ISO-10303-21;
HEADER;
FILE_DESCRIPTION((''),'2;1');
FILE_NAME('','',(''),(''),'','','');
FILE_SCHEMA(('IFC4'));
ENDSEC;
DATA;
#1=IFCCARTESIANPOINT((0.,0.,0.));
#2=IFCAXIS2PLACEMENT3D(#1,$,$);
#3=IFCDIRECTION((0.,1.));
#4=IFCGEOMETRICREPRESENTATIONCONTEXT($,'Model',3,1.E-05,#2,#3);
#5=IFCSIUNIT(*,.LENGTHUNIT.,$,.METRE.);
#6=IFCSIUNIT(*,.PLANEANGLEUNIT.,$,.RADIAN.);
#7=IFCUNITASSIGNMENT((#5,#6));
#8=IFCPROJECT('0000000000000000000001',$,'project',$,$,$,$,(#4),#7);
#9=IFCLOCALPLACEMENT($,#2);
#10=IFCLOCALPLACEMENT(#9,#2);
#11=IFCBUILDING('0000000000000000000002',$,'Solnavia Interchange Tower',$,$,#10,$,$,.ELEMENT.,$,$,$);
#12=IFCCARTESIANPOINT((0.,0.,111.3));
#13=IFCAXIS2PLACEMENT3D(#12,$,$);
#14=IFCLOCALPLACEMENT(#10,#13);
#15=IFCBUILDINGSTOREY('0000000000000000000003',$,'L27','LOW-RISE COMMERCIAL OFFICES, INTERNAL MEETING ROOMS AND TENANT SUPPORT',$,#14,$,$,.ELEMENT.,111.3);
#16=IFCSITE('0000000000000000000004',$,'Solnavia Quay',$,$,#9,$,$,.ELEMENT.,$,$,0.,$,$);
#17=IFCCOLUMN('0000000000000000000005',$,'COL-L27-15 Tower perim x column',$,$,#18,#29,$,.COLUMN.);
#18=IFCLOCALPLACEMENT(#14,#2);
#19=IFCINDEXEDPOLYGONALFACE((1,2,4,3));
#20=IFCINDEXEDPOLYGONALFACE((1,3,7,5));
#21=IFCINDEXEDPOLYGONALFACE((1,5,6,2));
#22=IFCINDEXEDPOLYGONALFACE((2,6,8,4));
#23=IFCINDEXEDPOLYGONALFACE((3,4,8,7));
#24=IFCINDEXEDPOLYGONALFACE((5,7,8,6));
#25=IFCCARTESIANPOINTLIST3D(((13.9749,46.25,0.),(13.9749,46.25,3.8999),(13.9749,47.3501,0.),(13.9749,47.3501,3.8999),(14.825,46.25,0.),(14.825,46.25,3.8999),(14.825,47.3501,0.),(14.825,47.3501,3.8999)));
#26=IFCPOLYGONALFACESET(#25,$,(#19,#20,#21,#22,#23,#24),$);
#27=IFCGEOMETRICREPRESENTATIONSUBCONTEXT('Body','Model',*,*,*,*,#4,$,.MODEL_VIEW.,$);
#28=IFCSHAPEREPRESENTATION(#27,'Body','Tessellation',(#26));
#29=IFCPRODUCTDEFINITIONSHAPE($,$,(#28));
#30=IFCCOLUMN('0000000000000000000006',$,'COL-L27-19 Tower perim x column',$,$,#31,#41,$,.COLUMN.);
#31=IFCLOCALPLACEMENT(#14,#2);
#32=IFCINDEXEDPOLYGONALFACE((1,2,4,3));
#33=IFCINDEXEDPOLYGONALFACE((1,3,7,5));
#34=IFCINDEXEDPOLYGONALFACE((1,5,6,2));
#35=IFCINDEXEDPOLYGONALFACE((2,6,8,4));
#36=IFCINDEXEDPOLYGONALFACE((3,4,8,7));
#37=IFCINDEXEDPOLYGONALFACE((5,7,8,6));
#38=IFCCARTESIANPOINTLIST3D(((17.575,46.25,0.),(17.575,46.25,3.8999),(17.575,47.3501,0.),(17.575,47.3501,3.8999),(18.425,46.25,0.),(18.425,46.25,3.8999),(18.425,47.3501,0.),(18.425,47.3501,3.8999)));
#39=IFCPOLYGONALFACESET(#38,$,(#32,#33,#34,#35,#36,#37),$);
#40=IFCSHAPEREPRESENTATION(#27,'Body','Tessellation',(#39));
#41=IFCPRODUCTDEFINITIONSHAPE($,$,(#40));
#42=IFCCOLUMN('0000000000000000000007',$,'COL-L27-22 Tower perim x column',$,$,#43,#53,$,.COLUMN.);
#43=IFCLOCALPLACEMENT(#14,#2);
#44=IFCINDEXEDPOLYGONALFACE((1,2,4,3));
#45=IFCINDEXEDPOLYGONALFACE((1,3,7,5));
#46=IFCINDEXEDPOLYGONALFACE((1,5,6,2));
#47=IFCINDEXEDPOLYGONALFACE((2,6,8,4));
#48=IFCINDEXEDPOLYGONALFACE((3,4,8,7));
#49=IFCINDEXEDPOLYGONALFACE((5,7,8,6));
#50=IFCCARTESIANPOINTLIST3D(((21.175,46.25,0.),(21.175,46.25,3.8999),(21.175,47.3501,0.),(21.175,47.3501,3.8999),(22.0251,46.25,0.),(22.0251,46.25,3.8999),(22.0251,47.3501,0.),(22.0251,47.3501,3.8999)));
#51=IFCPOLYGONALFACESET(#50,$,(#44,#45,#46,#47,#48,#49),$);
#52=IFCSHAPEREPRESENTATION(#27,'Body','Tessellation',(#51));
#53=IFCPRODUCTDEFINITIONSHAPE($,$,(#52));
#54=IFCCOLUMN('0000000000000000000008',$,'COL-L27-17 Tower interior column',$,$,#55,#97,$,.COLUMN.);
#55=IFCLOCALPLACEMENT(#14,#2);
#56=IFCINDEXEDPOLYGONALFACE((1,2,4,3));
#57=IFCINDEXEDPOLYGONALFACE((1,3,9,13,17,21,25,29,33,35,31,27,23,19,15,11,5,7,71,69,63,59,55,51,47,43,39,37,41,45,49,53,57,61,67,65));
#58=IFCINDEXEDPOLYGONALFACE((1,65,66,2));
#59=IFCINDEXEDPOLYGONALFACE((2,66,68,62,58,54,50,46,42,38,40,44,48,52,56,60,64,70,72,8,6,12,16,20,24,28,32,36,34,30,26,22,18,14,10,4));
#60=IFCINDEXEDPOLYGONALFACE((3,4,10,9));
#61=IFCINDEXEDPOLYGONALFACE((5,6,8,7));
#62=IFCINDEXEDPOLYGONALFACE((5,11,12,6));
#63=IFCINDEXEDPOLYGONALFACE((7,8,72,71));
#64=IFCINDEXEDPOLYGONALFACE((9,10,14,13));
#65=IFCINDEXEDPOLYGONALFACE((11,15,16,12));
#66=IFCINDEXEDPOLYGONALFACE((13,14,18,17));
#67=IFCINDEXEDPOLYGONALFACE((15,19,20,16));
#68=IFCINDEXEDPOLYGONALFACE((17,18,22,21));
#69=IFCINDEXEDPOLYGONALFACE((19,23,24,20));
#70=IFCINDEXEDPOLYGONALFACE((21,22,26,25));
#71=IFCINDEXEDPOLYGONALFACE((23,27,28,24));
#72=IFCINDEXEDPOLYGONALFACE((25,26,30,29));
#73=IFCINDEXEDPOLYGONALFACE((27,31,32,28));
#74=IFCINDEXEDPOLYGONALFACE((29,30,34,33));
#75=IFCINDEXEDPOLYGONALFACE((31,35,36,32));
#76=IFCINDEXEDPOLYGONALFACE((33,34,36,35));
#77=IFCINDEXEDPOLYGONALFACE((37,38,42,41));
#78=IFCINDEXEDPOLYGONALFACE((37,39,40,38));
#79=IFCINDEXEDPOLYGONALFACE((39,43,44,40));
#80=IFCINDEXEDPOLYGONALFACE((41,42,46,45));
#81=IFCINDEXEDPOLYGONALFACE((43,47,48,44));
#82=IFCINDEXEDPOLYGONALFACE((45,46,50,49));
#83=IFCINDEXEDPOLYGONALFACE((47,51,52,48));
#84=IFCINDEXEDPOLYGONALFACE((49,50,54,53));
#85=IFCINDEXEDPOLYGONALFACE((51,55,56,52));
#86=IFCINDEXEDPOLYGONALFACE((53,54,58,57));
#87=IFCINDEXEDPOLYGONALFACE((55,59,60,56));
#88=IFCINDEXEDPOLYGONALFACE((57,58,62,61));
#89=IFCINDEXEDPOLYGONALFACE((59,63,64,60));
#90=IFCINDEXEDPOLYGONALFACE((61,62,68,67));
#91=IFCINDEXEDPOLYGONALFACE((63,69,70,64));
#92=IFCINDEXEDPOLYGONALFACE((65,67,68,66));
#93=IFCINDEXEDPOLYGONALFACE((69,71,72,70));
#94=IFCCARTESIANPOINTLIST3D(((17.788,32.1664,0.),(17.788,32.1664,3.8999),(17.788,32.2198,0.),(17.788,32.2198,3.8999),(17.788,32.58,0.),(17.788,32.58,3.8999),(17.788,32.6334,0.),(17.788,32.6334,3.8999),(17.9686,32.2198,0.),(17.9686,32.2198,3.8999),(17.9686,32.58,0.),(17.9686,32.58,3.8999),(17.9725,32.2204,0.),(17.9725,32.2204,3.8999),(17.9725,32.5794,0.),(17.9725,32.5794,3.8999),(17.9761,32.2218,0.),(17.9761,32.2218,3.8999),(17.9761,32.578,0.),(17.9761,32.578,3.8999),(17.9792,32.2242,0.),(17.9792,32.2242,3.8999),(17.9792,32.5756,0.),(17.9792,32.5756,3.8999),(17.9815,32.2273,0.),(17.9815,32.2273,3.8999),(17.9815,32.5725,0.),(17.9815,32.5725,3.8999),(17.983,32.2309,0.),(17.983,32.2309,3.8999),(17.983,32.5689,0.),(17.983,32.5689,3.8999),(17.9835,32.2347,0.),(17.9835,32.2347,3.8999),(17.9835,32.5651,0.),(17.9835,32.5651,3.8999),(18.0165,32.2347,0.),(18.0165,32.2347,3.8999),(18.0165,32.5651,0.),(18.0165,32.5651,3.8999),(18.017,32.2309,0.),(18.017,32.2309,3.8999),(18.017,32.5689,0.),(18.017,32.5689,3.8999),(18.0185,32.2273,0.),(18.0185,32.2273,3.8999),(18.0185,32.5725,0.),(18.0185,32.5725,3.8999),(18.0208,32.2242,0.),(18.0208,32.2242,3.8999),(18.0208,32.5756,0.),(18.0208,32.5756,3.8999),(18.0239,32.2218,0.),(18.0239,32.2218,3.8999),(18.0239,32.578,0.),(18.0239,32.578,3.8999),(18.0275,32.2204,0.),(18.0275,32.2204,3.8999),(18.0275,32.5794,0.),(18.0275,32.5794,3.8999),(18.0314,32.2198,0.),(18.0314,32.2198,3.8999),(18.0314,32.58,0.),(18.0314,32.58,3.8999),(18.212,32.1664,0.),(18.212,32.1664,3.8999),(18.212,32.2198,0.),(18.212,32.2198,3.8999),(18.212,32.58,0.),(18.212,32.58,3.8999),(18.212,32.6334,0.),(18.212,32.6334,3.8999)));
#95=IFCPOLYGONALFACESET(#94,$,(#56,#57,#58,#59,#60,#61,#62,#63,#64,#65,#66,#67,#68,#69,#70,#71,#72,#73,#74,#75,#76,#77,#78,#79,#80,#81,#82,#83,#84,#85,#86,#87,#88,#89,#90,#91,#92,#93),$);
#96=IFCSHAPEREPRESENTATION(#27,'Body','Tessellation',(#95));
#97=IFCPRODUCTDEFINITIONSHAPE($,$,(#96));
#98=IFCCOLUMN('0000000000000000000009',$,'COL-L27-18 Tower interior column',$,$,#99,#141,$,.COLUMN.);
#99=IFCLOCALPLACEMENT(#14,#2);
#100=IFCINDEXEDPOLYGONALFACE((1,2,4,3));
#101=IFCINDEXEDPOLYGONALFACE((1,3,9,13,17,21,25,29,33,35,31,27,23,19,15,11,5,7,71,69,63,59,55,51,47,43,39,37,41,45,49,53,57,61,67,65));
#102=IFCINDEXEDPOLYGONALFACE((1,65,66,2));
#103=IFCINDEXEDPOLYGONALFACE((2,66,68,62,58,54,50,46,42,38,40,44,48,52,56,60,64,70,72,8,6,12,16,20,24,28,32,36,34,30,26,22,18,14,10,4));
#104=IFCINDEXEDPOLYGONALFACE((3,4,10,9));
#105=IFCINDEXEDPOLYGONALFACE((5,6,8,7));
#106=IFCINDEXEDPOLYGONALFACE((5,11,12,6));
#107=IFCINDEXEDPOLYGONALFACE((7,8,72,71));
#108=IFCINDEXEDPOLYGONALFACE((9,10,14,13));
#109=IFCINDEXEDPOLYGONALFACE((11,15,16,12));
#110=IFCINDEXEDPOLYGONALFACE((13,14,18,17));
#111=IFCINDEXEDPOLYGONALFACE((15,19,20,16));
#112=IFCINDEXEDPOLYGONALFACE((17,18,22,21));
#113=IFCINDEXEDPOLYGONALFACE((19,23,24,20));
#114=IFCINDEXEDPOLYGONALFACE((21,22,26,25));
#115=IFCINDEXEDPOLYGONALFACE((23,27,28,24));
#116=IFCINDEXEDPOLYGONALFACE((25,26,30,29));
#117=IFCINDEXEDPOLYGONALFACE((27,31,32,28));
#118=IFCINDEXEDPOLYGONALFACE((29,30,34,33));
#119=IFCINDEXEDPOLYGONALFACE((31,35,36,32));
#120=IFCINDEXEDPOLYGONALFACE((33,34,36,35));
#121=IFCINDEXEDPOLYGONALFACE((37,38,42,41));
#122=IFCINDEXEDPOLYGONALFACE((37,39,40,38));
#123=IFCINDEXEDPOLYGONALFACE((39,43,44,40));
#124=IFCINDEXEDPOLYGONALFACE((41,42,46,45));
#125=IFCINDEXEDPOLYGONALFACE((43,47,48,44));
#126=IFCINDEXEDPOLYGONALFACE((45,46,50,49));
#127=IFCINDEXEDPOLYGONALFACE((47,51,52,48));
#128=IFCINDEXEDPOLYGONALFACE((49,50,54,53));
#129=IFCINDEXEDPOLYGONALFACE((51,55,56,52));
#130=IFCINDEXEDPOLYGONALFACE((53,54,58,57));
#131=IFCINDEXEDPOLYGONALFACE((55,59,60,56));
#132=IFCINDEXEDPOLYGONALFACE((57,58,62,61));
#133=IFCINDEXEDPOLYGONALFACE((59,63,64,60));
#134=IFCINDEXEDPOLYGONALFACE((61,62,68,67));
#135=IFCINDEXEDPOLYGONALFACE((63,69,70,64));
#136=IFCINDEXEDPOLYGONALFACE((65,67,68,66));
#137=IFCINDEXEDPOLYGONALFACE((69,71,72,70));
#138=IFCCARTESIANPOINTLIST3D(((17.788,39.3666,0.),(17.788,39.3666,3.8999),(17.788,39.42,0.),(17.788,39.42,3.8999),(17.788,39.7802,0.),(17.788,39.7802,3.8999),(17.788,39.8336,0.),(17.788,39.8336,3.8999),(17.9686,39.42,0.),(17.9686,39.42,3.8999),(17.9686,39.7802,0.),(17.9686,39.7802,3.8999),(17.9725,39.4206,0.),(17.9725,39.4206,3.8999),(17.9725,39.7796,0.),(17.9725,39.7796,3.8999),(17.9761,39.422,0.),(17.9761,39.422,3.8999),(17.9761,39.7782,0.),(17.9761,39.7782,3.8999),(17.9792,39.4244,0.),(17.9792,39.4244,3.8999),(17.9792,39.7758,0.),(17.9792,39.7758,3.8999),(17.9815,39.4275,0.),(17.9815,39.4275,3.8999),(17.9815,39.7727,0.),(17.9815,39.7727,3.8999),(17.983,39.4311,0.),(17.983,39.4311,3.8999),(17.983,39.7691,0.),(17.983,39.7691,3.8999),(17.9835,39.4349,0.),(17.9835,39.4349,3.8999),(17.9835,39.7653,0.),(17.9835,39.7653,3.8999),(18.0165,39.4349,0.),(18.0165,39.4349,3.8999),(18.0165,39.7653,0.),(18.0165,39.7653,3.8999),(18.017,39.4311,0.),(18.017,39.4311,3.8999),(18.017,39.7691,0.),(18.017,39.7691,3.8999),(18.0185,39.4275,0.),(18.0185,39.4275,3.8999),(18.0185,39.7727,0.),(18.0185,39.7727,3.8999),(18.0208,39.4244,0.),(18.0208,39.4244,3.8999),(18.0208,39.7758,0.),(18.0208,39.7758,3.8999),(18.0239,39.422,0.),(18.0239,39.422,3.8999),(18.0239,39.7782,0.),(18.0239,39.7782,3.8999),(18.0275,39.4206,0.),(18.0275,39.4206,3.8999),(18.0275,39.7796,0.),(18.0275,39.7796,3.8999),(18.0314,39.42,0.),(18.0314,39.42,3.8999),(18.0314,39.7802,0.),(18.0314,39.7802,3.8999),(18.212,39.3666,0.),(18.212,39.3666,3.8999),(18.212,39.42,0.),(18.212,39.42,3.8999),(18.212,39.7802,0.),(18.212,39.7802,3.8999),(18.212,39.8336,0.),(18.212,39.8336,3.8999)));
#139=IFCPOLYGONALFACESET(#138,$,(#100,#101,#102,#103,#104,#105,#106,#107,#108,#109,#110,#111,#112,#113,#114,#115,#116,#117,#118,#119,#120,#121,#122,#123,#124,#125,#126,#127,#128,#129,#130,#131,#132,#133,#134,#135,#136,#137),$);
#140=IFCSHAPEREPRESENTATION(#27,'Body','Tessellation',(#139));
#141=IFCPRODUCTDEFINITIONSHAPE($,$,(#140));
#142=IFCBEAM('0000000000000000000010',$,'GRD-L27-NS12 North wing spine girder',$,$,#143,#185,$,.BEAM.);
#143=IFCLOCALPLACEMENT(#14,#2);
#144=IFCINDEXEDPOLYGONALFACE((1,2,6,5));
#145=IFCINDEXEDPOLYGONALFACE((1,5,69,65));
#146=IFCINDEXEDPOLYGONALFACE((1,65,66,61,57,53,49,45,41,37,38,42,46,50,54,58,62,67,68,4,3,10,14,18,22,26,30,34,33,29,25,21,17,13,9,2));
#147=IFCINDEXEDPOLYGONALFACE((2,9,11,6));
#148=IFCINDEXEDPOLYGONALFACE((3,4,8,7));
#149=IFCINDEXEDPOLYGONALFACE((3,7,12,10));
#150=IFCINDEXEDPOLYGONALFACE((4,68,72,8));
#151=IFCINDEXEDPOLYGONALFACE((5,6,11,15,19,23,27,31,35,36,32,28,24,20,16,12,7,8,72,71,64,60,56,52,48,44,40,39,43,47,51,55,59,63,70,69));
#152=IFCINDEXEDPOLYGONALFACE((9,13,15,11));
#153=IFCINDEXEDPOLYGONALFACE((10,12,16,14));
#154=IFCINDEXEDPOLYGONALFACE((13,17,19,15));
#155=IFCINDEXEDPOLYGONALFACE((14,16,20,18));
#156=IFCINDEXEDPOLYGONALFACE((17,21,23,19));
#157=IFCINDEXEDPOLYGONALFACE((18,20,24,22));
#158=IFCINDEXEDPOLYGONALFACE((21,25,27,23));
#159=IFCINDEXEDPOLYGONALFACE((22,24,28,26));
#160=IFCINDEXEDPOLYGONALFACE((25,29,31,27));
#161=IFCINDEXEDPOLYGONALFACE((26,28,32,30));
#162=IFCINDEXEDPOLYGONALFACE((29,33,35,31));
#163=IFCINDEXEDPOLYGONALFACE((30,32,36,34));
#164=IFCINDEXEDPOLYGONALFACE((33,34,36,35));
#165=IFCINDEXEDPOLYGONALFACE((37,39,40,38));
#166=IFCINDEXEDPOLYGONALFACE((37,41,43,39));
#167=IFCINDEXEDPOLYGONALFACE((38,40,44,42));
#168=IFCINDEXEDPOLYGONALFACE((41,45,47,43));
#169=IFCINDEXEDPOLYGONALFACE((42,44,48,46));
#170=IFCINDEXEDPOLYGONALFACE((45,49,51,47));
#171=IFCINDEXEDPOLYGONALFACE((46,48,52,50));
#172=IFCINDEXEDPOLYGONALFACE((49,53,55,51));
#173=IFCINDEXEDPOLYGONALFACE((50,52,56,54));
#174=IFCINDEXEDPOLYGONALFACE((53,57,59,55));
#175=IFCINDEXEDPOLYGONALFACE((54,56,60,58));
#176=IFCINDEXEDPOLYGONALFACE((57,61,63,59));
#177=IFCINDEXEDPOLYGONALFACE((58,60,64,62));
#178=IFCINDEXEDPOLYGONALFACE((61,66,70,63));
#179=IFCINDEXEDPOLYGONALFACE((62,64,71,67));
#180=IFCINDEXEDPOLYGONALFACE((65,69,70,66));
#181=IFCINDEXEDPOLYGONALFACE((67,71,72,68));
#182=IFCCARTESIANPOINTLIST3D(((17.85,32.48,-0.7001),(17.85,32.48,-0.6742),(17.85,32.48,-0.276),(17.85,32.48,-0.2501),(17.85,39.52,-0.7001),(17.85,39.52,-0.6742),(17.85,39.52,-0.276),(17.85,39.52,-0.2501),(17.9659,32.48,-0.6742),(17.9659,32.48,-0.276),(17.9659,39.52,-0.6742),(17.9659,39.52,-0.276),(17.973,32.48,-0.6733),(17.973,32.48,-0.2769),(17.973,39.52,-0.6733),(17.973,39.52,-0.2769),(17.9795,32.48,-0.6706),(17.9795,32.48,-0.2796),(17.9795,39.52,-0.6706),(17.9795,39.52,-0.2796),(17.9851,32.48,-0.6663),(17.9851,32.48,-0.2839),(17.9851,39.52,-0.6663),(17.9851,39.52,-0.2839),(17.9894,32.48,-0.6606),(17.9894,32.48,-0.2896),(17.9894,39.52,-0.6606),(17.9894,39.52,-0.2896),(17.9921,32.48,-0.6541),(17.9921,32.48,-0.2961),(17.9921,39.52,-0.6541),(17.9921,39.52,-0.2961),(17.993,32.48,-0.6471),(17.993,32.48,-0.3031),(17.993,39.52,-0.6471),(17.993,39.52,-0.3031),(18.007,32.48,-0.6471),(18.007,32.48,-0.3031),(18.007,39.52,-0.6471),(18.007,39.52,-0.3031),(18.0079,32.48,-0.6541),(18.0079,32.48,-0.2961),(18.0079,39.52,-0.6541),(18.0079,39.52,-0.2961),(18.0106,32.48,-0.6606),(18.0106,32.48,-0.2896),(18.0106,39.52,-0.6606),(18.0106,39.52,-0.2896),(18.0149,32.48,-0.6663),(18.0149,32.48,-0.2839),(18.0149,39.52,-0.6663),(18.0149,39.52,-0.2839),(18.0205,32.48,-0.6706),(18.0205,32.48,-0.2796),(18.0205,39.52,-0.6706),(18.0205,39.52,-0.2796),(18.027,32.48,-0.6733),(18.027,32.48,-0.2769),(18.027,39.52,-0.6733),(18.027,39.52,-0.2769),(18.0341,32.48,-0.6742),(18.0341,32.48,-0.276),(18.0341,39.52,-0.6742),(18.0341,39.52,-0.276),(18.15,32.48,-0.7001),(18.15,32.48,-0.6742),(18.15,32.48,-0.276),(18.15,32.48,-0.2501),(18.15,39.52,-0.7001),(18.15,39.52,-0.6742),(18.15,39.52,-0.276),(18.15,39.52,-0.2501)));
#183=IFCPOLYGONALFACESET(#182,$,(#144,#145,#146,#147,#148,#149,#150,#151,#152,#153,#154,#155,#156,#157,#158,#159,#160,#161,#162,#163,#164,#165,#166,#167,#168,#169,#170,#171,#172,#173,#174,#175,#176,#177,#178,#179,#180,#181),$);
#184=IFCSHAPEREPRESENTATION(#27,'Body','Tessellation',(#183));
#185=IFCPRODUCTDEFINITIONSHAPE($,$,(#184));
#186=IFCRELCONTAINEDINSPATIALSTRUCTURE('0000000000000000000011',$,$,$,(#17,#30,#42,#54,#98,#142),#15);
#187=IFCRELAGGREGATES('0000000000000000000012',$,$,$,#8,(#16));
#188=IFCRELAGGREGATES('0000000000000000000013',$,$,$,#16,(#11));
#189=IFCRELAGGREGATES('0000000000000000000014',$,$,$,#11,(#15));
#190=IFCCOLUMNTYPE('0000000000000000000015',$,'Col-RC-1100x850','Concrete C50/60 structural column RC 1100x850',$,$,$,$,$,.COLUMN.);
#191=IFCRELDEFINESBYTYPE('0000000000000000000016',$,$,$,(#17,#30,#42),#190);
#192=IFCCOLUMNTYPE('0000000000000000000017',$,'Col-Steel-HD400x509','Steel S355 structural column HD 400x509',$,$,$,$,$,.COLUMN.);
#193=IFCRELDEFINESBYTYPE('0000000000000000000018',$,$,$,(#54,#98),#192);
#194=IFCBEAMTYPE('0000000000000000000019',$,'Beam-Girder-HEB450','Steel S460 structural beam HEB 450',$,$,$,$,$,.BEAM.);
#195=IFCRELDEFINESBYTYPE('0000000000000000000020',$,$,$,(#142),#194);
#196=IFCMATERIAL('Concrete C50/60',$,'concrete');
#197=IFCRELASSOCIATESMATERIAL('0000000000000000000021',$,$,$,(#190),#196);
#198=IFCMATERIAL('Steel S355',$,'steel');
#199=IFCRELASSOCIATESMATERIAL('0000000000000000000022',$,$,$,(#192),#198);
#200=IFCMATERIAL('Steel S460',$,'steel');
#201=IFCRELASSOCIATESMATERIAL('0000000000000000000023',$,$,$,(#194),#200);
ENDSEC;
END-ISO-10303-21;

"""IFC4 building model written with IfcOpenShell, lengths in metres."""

from ifc_helpers import new_model, si_unit, direction, frame, origin, origin_2d, place, context, subcontext, project, spatial, rectangle, i_section, extrude, material, material_profile, profile_set, type_object, element, save


model = new_model("IFC4")

# Units and contexts
model_context = context("Model", 3, precision=1e-05, world=origin(), true_north=direction((0.0, 1.0)))
body_context = subcontext(model_context, "Body", "Model", "MODEL_VIEW")
ifc_project = project(units=[si_unit("LENGTHUNIT", "METRE"), si_unit("PLANEANGLEUNIT", "RADIAN")], contexts=[model_context])

# Site, building, storey
site_placement = place(None, origin())
site = spatial("IfcSite", under=ifc_project, at=site_placement, Name="Solnavia Quay", CompositionType="ELEMENT", RefElevation=0.0)
building_placement = place(site_placement, origin())
building = spatial("IfcBuilding", under=site, at=building_placement, Name="Solnavia Interchange Tower", CompositionType="ELEMENT")
storey_placement = place(building_placement, frame((0.0, 0.0, 111.3)))
storey = spatial("IfcBuildingStorey", under=building, at=storey_placement, Name="L27", Description="LOW-RISE COMMERCIAL OFFICES, INTERNAL MEETING ROOMS AND TENANT SUPPORT", CompositionType="ELEMENT", Elevation=111.3)

# Columns
ifc_material_1 = material(Name="Concrete C50/60", Category="concrete")
ifc_material_profile_1 = material_profile(ifc_material_1, rectangle(XDim=0.8501, YDim=1.1001, at=origin_2d()), Name="RC 1100x850")
ifc_profile_set_1 = profile_set([ifc_material_profile_1], Name="Concrete C50/60")
column_type_1 = type_object("IfcColumnType", Name="Col-RC-1100x850", Description="Concrete C50/60 structural column RC 1100x850", PredefinedType="COLUMN", material=ifc_profile_set_1)
for number, where, z_axis, x_axis, name in (
    (1, (14.3999, 46.8, 0.0), (0.0, 0.0, 1.0), (1.0, 0.0, 0.0), "COL-L27-15 Tower perim x column"),
    (2, (18.0, 46.8, 0.0), (0.0, 0.0, 1.0), (1.0, 0.0, 0.0), "COL-L27-19 Tower perim x column"),
    (3, (21.6001, 46.8, 0.0), (0.0, 0.0, 1.0), (1.0, 0.0, 0.0), "COL-L27-22 Tower perim x column"),
):
    element("IfcColumn", number, at=place(storey_placement, frame(where, z_axis=z_axis, x_axis=x_axis)), inside=storey, type_object=column_type_1, Name=name, PredefinedType="COLUMN", context=body_context, shape_type="SweptSolid", body=[
        extrude(rectangle(XDim=0.8501, YDim=1.1001, at=origin_2d()), origin(), (0.0, 0.0, 1.0), 3.8999),
    ])
ifc_material_2 = material(Name="Steel S355", Category="steel")
ifc_material_profile_2 = material_profile(ifc_material_2, i_section(OverallWidth=0.4241, OverallDepth=0.467, WebThickness=0.033, FlangeThickness=0.0535, FilletRadius=0.0149, at=origin_2d()), Name="HD 400x509")
ifc_profile_set_2 = profile_set([ifc_material_profile_2], Name="Steel S355")
column_type_2 = type_object("IfcColumnType", Name="Col-Steel-HD400x509", Description="Steel S355 structural column HD 400x509", PredefinedType="COLUMN", material=ifc_profile_set_2)
for number, where, z_axis, x_axis, name in (
    (4, (18.0, 32.3999, 0.0), (0.0, 0.0, 1.0), (1.0, 0.0, 0.0), "COL-L27-17 Tower interior column"),
    (5, (18.0, 39.6001, 0.0), (0.0, 0.0, 1.0), (1.0, 0.0, 0.0), "COL-L27-18 Tower interior column"),
):
    element("IfcColumn", number, at=place(storey_placement, frame(where, z_axis=z_axis, x_axis=x_axis)), inside=storey, type_object=column_type_2, Name=name, PredefinedType="COLUMN", context=body_context, shape_type="SweptSolid", body=[
        extrude(i_section(OverallWidth=0.4241, OverallDepth=0.467, WebThickness=0.033, FlangeThickness=0.0535, FilletRadius=0.0149, at=origin_2d()), origin(), (0.0, 0.0, 1.0), 3.8999),
    ])

# Beam
ifc_material_3 = material(Name="Steel S460", Category="steel")
ifc_material_profile_3 = material_profile(ifc_material_3, i_section(OverallWidth=0.3, OverallDepth=0.45, WebThickness=0.0139, FlangeThickness=0.0259, FilletRadius=0.0271, at=origin_2d()), Name="HEB 450")
ifc_profile_set_3 = profile_set([ifc_material_profile_3], Name="Steel S460")
beam_type_1 = type_object("IfcBeamType", Name="Beam-Girder-HEB450", Description="Steel S460 structural beam HEB 450", PredefinedType="BEAM", material=ifc_profile_set_3)
for number, where, z_axis, x_axis, name in (
    (6, (18.0, 32.48, -0.4751), (0.0, 1.0, 0.0), (-1.0, 0.0, 0.0), "GRD-L27-NS12 North wing spine girder"),
):
    element("IfcBeam", number, at=place(storey_placement, frame(where, z_axis=z_axis, x_axis=x_axis)), inside=storey, type_object=beam_type_1, Name=name, PredefinedType="BEAM", context=body_context, shape_type="SweptSolid", body=[
        extrude(i_section(OverallWidth=0.3, OverallDepth=0.45, WebThickness=0.0139, FlangeThickness=0.0259, FilletRadius=0.0271, at=origin_2d()), origin(), (0.0, 0.0, 1.0), 7.04),
    ])

save(model, "model.ifc")
